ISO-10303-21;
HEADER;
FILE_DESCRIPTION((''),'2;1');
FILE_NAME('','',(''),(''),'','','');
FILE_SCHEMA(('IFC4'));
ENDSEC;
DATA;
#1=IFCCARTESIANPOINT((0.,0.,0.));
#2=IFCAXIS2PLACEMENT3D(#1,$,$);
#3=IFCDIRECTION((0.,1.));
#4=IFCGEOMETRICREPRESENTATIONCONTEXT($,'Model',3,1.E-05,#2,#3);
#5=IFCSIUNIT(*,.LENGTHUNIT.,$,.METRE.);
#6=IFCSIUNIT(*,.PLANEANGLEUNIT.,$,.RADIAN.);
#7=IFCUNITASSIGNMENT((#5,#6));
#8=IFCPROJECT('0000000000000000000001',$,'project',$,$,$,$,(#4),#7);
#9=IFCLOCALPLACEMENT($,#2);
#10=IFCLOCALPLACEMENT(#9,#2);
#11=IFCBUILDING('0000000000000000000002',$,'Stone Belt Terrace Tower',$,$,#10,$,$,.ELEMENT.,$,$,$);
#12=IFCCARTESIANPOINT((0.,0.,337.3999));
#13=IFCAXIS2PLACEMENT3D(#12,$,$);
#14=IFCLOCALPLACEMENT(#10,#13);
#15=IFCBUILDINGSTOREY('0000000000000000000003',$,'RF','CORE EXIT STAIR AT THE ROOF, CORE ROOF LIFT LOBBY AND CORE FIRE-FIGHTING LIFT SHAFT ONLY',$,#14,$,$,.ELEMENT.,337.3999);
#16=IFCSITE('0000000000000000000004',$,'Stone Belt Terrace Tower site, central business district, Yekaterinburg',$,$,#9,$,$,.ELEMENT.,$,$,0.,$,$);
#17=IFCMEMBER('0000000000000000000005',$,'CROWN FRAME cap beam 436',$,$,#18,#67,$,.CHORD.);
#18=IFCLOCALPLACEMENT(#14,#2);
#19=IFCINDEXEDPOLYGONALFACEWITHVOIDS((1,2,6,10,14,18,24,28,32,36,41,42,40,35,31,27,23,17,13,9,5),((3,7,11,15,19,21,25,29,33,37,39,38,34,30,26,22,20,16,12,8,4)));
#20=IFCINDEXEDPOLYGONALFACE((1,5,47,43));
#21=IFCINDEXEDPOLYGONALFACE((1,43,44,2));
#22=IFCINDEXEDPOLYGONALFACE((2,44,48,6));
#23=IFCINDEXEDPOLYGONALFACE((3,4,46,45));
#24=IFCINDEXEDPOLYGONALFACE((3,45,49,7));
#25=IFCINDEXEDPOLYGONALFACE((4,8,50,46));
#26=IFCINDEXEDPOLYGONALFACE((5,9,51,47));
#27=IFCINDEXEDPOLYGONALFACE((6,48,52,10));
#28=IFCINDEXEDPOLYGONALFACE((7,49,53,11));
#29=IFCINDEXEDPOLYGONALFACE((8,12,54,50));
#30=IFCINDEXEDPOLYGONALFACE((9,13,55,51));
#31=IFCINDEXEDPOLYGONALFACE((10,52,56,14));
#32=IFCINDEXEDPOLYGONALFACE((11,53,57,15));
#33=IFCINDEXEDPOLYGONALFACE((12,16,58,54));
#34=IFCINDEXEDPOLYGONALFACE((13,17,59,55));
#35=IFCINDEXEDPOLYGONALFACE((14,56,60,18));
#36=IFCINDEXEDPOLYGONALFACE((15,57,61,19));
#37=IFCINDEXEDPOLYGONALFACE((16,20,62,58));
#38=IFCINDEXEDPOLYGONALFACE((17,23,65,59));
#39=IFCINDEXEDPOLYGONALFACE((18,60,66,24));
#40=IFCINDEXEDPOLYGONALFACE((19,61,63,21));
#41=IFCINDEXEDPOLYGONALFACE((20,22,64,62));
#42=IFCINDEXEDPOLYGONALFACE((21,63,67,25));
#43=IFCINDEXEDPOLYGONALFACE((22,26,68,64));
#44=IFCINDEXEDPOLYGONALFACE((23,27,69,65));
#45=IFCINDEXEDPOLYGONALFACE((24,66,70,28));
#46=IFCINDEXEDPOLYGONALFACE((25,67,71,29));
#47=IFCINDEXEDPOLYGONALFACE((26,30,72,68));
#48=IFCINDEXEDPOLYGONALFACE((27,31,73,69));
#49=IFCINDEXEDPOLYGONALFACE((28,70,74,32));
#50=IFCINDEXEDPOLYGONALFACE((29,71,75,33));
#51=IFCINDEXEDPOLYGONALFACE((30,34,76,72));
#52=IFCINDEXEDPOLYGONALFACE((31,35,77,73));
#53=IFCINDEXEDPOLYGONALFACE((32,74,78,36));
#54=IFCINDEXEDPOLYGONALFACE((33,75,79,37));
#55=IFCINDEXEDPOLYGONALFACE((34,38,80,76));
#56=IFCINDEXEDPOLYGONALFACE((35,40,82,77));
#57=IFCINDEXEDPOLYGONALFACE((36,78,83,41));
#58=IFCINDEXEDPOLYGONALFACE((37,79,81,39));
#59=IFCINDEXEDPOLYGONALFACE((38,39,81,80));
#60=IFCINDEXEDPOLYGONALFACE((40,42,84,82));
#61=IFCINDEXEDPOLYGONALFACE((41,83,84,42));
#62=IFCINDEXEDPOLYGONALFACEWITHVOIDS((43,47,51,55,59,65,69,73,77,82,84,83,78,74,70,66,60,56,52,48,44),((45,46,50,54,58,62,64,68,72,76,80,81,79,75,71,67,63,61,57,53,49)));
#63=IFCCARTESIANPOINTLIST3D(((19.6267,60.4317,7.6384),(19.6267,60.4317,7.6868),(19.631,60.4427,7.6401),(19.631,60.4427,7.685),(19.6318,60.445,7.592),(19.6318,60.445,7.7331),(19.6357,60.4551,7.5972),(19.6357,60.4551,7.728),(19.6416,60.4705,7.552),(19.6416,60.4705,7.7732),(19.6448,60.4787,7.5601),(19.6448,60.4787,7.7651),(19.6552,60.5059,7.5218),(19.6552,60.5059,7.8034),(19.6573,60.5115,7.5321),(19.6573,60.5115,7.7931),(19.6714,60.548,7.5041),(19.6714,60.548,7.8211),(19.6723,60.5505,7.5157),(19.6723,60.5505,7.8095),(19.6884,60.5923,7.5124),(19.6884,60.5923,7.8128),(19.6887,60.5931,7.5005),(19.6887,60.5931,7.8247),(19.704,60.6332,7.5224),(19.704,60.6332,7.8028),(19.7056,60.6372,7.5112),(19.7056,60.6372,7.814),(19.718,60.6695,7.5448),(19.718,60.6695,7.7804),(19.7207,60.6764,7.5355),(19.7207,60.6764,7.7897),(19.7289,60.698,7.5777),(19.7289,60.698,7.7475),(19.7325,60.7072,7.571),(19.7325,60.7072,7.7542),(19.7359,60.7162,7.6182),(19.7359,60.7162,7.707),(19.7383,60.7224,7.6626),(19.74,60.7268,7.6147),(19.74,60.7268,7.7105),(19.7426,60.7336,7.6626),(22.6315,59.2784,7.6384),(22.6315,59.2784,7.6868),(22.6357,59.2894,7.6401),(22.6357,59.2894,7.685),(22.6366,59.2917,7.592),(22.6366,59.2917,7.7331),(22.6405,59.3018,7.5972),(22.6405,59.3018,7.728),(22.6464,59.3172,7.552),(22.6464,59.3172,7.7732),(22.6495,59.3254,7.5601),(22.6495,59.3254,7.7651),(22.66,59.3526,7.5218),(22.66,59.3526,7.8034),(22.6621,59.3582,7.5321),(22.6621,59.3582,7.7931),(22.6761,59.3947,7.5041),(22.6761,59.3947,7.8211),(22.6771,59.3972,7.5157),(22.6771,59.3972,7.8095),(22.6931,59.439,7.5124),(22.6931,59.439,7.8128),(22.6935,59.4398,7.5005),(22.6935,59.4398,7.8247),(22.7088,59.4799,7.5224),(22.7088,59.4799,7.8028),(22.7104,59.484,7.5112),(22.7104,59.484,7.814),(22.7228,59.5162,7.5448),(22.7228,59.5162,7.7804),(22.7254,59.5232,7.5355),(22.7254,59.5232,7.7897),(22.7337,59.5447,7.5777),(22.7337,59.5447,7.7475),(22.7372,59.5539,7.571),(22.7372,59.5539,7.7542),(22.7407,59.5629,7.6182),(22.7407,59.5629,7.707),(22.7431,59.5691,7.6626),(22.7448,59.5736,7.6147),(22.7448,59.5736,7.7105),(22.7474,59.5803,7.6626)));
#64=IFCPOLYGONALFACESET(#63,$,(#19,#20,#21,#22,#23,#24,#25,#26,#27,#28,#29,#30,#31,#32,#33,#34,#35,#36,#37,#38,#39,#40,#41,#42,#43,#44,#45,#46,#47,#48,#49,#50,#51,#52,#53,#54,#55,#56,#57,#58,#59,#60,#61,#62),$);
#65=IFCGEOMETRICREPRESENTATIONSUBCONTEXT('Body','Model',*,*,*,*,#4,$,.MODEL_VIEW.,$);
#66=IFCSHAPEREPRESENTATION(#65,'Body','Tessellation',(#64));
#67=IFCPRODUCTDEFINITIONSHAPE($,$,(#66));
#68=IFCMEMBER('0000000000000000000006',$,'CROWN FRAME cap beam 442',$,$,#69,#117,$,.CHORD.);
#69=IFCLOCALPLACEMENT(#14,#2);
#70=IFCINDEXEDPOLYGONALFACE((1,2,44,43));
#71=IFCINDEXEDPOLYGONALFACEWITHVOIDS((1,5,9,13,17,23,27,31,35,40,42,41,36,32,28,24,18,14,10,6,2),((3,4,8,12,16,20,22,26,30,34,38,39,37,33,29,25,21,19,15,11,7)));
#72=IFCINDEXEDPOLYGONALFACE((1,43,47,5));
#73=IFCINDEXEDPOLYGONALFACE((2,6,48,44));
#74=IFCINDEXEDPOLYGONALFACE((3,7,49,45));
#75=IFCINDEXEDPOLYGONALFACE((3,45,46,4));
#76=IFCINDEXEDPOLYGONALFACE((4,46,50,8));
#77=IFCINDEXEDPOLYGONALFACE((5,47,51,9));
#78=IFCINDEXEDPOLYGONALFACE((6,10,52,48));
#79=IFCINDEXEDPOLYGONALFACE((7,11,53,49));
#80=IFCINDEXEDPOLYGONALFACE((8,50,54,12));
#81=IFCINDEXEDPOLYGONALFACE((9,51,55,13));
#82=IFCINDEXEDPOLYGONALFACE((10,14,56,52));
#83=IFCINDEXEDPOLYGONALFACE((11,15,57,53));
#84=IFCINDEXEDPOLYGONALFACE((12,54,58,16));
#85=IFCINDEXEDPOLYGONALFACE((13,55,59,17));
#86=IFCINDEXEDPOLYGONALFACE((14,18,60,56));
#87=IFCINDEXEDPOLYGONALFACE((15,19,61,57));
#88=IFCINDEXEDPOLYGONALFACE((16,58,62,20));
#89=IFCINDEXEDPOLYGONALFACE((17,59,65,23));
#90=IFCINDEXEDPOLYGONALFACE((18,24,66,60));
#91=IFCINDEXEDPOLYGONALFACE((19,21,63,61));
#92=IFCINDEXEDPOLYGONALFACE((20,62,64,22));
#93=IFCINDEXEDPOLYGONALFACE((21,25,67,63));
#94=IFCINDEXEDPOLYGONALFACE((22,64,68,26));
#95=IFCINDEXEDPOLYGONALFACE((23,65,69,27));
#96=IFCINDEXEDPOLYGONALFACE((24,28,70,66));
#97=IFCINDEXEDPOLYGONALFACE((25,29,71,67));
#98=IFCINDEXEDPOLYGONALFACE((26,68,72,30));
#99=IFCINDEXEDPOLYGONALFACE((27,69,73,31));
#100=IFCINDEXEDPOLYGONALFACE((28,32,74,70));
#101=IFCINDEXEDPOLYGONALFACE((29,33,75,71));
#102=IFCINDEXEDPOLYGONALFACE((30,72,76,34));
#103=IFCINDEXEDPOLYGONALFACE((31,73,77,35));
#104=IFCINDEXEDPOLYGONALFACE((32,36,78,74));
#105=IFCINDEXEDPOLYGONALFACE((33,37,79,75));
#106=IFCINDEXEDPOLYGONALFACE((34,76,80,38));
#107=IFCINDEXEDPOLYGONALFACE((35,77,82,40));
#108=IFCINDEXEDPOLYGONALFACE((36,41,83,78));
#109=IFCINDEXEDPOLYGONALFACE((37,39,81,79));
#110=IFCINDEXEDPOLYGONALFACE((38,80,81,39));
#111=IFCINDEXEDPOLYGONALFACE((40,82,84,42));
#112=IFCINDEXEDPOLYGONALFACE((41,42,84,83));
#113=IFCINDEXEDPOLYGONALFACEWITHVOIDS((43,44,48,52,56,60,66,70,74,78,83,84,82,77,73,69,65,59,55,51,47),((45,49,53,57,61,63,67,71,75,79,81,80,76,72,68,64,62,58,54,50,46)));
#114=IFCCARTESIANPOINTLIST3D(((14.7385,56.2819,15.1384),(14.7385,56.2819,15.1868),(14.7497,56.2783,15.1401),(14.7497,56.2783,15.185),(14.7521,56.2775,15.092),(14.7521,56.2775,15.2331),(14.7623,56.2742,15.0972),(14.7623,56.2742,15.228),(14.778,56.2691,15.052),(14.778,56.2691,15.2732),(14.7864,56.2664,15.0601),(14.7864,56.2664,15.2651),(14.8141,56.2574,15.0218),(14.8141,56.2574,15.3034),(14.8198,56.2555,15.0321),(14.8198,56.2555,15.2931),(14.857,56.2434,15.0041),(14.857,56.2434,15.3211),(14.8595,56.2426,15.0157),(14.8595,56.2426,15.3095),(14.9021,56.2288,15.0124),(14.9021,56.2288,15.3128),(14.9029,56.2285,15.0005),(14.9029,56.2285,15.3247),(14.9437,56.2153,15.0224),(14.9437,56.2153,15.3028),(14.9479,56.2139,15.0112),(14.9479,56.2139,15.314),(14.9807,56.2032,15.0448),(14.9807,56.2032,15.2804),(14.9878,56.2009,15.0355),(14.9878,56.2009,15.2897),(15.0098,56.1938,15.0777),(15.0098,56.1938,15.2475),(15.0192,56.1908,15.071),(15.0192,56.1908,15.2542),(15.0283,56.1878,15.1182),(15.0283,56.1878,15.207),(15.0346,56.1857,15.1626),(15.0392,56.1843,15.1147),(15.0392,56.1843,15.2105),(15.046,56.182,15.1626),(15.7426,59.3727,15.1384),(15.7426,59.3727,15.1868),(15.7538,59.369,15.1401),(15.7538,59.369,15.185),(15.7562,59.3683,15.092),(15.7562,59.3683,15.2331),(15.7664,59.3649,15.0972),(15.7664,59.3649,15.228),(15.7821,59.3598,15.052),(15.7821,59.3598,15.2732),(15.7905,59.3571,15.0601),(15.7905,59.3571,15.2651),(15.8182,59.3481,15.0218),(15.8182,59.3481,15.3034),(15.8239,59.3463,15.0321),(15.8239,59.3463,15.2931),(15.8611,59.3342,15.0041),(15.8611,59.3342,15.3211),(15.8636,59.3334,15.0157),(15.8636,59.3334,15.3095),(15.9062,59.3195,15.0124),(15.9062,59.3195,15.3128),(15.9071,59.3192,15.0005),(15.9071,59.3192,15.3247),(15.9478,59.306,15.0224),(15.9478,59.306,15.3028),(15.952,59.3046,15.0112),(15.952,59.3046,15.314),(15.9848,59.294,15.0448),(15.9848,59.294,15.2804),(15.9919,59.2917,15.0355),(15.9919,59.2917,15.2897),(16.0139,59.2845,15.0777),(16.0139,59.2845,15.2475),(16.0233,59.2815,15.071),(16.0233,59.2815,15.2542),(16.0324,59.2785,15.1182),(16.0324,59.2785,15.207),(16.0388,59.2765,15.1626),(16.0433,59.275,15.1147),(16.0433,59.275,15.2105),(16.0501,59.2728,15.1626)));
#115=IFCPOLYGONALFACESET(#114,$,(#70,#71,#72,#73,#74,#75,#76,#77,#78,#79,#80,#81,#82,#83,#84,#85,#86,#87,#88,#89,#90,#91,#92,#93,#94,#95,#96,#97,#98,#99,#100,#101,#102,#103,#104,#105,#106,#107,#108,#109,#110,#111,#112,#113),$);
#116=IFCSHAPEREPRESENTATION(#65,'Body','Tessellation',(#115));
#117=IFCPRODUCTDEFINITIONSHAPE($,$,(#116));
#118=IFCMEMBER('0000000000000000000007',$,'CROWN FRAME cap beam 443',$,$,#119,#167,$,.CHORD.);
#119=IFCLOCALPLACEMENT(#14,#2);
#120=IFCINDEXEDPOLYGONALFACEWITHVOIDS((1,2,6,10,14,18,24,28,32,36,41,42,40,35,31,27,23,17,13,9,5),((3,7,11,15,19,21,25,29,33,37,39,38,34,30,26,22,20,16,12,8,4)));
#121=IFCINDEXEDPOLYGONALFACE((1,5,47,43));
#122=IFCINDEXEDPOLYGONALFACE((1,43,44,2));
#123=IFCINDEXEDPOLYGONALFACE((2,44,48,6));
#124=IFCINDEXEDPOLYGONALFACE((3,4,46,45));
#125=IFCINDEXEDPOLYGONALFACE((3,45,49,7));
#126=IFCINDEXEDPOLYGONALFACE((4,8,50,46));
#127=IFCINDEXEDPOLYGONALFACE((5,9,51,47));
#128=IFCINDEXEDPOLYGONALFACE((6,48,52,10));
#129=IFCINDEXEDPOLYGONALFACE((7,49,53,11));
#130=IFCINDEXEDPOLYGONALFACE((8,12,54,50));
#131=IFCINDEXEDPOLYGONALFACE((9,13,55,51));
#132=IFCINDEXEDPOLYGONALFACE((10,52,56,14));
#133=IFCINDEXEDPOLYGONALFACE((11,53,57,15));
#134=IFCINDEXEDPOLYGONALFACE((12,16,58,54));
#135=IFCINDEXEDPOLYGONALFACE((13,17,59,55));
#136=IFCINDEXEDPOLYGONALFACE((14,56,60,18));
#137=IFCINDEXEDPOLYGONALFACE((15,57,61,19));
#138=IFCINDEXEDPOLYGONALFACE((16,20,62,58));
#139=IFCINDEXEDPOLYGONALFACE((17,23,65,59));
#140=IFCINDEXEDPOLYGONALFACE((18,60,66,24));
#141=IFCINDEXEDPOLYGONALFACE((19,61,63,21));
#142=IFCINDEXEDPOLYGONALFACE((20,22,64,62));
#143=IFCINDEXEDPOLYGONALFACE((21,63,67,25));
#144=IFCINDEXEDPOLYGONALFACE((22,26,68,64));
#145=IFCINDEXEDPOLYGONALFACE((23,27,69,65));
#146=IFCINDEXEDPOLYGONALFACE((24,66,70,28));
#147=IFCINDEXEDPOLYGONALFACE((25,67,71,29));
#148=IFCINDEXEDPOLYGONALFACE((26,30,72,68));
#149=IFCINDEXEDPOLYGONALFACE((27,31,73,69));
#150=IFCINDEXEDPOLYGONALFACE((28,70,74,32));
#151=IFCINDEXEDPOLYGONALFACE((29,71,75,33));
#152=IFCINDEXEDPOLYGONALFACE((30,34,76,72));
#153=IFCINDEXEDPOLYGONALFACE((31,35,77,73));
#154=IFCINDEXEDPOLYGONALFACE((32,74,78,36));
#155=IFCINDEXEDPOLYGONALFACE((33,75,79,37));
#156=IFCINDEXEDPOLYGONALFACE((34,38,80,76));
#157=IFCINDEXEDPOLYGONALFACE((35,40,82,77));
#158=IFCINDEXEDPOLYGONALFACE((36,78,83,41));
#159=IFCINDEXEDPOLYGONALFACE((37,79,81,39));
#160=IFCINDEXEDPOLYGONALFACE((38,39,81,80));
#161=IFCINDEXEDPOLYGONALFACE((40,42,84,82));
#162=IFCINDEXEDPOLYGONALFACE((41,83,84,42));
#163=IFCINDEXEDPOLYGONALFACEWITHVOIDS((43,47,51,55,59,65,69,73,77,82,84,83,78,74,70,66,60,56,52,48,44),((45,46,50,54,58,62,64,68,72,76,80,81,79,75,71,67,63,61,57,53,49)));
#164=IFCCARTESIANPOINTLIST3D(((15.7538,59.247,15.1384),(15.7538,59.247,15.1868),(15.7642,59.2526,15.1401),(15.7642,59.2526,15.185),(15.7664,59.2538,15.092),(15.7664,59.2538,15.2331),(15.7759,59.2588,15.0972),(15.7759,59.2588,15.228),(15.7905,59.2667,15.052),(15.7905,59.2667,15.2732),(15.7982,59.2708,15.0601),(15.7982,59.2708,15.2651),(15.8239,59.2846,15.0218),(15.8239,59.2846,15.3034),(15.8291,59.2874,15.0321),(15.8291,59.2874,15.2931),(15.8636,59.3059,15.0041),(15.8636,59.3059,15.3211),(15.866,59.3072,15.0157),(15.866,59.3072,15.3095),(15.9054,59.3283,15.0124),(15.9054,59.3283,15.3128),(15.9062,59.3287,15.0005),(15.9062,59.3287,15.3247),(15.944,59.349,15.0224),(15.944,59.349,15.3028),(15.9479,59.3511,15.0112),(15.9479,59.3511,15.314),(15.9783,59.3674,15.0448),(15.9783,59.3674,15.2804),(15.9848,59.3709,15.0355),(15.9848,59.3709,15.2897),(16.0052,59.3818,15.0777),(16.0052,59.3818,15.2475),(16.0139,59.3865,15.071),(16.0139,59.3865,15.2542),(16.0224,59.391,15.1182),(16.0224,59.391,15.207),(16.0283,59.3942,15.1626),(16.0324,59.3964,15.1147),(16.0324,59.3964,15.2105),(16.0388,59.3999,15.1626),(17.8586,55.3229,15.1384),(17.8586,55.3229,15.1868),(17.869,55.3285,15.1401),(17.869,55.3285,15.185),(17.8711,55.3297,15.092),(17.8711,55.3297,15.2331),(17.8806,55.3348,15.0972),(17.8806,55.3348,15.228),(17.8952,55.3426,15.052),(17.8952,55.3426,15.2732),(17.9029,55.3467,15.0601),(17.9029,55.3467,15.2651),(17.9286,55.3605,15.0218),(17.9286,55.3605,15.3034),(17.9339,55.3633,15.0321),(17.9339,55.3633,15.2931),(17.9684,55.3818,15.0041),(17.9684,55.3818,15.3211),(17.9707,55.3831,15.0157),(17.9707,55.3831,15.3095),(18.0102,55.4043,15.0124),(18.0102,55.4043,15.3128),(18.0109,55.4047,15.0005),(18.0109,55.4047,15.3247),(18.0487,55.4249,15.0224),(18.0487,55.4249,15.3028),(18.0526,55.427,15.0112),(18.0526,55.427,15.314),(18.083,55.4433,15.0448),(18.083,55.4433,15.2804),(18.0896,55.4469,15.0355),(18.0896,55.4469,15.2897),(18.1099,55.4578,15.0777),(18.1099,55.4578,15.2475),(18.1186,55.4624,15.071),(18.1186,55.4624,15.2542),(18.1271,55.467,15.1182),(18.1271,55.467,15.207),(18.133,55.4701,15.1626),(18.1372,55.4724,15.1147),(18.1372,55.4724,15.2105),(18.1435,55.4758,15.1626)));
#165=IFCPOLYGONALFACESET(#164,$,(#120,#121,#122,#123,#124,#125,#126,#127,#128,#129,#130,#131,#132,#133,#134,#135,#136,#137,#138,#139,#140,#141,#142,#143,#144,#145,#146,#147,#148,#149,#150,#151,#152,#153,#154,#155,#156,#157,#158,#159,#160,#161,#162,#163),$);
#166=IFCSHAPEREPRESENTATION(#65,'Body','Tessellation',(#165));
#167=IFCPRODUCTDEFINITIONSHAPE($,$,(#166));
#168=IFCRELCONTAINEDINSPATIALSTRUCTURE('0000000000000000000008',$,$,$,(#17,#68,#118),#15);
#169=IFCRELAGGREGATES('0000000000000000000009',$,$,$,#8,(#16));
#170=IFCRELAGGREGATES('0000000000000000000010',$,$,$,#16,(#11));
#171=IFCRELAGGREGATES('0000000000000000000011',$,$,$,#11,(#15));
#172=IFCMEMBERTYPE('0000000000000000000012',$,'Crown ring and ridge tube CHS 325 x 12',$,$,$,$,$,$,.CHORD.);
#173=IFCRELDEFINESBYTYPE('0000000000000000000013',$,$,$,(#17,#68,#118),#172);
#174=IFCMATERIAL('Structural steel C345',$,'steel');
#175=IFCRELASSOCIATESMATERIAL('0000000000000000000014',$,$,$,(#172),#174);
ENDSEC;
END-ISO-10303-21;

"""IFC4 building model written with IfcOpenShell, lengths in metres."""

from ifc_helpers import new_model, si_unit, direction, frame, origin, origin_2d, place, context, subcontext, project, spatial, hollow_circle, extrude, material, material_profile, profile_set, type_object, element, save


model = new_model("IFC4")

# Units and contexts
model_context = context("Model", 3, precision=1e-05, world=origin(), true_north=direction((0.0, 1.0)))
body_context = subcontext(model_context, "Body", "Model", "MODEL_VIEW")
ifc_project = project(units=[si_unit("LENGTHUNIT", "METRE"), si_unit("PLANEANGLEUNIT", "RADIAN")], contexts=[model_context])

# Site, building, storey
site_placement = place(None, origin())
site = spatial("IfcSite", under=ifc_project, at=site_placement, Name="Stone Belt Terrace Tower site, central business district, Yekaterinburg", CompositionType="ELEMENT", RefElevation=0.0)
building_placement = place(site_placement, origin())
building = spatial("IfcBuilding", under=site, at=building_placement, Name="Stone Belt Terrace Tower", CompositionType="ELEMENT")
storey_placement = place(building_placement, frame((0.0, 0.0, 337.3999)))
storey = spatial("IfcBuildingStorey", under=building, at=storey_placement, Name="RF", Description="CORE EXIT STAIR AT THE ROOF, CORE ROOF LIFT LOBBY AND CORE FIRE-FIGHTING LIFT SHAFT ONLY", CompositionType="ELEMENT", Elevation=337.3999)

# Members
ifc_material_1 = material(Name="Structural steel C345", Category="steel")
ifc_material_profile_1 = material_profile(ifc_material_1, hollow_circle(Radius=0.1626, WallThickness=0.012, at=origin_2d()), Name="Structural steel C345 CHS 325x12")
ifc_profile_set_1 = profile_set([ifc_material_profile_1], Name="Structural steel C345")
member_type_1 = type_object("IfcMemberType", Name="Crown ring and ridge tube CHS 325 x 12", PredefinedType="CHORD", material=ifc_profile_set_1)
member_1_placement = place(storey_placement, frame((19.6843, 60.5818, 7.6626), z_axis=(0.933596, -0.358328, 0.0), x_axis=(0.358328, 0.933596, 0.0)))
element("IfcMember", 1, at=member_1_placement, inside=storey, type_object=member_type_1, Name="CROWN FRAME cap beam 436", PredefinedType="CHORD", context=body_context, shape_type="SweptSolid", body=[
    extrude(hollow_circle(Radius=0.1626, WallThickness=0.012, at=origin_2d()), origin(), (0.0, 0.0, 1.0), 3.2185),
])
member_2_placement = place(storey_placement, frame((15.8955, 59.323, 15.1626), z_axis=(-0.308984, -0.951067, 0.0), x_axis=(0.951067, -0.308984, 0.0)))
element("IfcMember", 2, at=member_2_placement, inside=storey, type_object=member_type_1, Name="CROWN FRAME cap beam 442", PredefinedType="CHORD", context=body_context, shape_type="SweptSolid", body=[
    extrude(hollow_circle(Radius=0.1626, WallThickness=0.012, at=origin_2d()), origin(), (0.0, 0.0, 1.0), 3.2498),
])
member_3_placement = place(storey_placement, frame((15.8955, 59.323, 15.1626), z_axis=(0.472667, -0.881241, 0.0), x_axis=(0.881241, 0.472667, 0.0)))
element("IfcMember", 3, at=member_3_placement, inside=storey, type_object=member_type_1, Name="CROWN FRAME cap beam 443", PredefinedType="CHORD", context=body_context, shape_type="SweptSolid", body=[
    extrude(hollow_circle(Radius=0.1626, WallThickness=0.012, at=origin_2d()), origin(), (0.0, 0.0, 1.0), 4.4529),
])

save(model, "model.ifc")
